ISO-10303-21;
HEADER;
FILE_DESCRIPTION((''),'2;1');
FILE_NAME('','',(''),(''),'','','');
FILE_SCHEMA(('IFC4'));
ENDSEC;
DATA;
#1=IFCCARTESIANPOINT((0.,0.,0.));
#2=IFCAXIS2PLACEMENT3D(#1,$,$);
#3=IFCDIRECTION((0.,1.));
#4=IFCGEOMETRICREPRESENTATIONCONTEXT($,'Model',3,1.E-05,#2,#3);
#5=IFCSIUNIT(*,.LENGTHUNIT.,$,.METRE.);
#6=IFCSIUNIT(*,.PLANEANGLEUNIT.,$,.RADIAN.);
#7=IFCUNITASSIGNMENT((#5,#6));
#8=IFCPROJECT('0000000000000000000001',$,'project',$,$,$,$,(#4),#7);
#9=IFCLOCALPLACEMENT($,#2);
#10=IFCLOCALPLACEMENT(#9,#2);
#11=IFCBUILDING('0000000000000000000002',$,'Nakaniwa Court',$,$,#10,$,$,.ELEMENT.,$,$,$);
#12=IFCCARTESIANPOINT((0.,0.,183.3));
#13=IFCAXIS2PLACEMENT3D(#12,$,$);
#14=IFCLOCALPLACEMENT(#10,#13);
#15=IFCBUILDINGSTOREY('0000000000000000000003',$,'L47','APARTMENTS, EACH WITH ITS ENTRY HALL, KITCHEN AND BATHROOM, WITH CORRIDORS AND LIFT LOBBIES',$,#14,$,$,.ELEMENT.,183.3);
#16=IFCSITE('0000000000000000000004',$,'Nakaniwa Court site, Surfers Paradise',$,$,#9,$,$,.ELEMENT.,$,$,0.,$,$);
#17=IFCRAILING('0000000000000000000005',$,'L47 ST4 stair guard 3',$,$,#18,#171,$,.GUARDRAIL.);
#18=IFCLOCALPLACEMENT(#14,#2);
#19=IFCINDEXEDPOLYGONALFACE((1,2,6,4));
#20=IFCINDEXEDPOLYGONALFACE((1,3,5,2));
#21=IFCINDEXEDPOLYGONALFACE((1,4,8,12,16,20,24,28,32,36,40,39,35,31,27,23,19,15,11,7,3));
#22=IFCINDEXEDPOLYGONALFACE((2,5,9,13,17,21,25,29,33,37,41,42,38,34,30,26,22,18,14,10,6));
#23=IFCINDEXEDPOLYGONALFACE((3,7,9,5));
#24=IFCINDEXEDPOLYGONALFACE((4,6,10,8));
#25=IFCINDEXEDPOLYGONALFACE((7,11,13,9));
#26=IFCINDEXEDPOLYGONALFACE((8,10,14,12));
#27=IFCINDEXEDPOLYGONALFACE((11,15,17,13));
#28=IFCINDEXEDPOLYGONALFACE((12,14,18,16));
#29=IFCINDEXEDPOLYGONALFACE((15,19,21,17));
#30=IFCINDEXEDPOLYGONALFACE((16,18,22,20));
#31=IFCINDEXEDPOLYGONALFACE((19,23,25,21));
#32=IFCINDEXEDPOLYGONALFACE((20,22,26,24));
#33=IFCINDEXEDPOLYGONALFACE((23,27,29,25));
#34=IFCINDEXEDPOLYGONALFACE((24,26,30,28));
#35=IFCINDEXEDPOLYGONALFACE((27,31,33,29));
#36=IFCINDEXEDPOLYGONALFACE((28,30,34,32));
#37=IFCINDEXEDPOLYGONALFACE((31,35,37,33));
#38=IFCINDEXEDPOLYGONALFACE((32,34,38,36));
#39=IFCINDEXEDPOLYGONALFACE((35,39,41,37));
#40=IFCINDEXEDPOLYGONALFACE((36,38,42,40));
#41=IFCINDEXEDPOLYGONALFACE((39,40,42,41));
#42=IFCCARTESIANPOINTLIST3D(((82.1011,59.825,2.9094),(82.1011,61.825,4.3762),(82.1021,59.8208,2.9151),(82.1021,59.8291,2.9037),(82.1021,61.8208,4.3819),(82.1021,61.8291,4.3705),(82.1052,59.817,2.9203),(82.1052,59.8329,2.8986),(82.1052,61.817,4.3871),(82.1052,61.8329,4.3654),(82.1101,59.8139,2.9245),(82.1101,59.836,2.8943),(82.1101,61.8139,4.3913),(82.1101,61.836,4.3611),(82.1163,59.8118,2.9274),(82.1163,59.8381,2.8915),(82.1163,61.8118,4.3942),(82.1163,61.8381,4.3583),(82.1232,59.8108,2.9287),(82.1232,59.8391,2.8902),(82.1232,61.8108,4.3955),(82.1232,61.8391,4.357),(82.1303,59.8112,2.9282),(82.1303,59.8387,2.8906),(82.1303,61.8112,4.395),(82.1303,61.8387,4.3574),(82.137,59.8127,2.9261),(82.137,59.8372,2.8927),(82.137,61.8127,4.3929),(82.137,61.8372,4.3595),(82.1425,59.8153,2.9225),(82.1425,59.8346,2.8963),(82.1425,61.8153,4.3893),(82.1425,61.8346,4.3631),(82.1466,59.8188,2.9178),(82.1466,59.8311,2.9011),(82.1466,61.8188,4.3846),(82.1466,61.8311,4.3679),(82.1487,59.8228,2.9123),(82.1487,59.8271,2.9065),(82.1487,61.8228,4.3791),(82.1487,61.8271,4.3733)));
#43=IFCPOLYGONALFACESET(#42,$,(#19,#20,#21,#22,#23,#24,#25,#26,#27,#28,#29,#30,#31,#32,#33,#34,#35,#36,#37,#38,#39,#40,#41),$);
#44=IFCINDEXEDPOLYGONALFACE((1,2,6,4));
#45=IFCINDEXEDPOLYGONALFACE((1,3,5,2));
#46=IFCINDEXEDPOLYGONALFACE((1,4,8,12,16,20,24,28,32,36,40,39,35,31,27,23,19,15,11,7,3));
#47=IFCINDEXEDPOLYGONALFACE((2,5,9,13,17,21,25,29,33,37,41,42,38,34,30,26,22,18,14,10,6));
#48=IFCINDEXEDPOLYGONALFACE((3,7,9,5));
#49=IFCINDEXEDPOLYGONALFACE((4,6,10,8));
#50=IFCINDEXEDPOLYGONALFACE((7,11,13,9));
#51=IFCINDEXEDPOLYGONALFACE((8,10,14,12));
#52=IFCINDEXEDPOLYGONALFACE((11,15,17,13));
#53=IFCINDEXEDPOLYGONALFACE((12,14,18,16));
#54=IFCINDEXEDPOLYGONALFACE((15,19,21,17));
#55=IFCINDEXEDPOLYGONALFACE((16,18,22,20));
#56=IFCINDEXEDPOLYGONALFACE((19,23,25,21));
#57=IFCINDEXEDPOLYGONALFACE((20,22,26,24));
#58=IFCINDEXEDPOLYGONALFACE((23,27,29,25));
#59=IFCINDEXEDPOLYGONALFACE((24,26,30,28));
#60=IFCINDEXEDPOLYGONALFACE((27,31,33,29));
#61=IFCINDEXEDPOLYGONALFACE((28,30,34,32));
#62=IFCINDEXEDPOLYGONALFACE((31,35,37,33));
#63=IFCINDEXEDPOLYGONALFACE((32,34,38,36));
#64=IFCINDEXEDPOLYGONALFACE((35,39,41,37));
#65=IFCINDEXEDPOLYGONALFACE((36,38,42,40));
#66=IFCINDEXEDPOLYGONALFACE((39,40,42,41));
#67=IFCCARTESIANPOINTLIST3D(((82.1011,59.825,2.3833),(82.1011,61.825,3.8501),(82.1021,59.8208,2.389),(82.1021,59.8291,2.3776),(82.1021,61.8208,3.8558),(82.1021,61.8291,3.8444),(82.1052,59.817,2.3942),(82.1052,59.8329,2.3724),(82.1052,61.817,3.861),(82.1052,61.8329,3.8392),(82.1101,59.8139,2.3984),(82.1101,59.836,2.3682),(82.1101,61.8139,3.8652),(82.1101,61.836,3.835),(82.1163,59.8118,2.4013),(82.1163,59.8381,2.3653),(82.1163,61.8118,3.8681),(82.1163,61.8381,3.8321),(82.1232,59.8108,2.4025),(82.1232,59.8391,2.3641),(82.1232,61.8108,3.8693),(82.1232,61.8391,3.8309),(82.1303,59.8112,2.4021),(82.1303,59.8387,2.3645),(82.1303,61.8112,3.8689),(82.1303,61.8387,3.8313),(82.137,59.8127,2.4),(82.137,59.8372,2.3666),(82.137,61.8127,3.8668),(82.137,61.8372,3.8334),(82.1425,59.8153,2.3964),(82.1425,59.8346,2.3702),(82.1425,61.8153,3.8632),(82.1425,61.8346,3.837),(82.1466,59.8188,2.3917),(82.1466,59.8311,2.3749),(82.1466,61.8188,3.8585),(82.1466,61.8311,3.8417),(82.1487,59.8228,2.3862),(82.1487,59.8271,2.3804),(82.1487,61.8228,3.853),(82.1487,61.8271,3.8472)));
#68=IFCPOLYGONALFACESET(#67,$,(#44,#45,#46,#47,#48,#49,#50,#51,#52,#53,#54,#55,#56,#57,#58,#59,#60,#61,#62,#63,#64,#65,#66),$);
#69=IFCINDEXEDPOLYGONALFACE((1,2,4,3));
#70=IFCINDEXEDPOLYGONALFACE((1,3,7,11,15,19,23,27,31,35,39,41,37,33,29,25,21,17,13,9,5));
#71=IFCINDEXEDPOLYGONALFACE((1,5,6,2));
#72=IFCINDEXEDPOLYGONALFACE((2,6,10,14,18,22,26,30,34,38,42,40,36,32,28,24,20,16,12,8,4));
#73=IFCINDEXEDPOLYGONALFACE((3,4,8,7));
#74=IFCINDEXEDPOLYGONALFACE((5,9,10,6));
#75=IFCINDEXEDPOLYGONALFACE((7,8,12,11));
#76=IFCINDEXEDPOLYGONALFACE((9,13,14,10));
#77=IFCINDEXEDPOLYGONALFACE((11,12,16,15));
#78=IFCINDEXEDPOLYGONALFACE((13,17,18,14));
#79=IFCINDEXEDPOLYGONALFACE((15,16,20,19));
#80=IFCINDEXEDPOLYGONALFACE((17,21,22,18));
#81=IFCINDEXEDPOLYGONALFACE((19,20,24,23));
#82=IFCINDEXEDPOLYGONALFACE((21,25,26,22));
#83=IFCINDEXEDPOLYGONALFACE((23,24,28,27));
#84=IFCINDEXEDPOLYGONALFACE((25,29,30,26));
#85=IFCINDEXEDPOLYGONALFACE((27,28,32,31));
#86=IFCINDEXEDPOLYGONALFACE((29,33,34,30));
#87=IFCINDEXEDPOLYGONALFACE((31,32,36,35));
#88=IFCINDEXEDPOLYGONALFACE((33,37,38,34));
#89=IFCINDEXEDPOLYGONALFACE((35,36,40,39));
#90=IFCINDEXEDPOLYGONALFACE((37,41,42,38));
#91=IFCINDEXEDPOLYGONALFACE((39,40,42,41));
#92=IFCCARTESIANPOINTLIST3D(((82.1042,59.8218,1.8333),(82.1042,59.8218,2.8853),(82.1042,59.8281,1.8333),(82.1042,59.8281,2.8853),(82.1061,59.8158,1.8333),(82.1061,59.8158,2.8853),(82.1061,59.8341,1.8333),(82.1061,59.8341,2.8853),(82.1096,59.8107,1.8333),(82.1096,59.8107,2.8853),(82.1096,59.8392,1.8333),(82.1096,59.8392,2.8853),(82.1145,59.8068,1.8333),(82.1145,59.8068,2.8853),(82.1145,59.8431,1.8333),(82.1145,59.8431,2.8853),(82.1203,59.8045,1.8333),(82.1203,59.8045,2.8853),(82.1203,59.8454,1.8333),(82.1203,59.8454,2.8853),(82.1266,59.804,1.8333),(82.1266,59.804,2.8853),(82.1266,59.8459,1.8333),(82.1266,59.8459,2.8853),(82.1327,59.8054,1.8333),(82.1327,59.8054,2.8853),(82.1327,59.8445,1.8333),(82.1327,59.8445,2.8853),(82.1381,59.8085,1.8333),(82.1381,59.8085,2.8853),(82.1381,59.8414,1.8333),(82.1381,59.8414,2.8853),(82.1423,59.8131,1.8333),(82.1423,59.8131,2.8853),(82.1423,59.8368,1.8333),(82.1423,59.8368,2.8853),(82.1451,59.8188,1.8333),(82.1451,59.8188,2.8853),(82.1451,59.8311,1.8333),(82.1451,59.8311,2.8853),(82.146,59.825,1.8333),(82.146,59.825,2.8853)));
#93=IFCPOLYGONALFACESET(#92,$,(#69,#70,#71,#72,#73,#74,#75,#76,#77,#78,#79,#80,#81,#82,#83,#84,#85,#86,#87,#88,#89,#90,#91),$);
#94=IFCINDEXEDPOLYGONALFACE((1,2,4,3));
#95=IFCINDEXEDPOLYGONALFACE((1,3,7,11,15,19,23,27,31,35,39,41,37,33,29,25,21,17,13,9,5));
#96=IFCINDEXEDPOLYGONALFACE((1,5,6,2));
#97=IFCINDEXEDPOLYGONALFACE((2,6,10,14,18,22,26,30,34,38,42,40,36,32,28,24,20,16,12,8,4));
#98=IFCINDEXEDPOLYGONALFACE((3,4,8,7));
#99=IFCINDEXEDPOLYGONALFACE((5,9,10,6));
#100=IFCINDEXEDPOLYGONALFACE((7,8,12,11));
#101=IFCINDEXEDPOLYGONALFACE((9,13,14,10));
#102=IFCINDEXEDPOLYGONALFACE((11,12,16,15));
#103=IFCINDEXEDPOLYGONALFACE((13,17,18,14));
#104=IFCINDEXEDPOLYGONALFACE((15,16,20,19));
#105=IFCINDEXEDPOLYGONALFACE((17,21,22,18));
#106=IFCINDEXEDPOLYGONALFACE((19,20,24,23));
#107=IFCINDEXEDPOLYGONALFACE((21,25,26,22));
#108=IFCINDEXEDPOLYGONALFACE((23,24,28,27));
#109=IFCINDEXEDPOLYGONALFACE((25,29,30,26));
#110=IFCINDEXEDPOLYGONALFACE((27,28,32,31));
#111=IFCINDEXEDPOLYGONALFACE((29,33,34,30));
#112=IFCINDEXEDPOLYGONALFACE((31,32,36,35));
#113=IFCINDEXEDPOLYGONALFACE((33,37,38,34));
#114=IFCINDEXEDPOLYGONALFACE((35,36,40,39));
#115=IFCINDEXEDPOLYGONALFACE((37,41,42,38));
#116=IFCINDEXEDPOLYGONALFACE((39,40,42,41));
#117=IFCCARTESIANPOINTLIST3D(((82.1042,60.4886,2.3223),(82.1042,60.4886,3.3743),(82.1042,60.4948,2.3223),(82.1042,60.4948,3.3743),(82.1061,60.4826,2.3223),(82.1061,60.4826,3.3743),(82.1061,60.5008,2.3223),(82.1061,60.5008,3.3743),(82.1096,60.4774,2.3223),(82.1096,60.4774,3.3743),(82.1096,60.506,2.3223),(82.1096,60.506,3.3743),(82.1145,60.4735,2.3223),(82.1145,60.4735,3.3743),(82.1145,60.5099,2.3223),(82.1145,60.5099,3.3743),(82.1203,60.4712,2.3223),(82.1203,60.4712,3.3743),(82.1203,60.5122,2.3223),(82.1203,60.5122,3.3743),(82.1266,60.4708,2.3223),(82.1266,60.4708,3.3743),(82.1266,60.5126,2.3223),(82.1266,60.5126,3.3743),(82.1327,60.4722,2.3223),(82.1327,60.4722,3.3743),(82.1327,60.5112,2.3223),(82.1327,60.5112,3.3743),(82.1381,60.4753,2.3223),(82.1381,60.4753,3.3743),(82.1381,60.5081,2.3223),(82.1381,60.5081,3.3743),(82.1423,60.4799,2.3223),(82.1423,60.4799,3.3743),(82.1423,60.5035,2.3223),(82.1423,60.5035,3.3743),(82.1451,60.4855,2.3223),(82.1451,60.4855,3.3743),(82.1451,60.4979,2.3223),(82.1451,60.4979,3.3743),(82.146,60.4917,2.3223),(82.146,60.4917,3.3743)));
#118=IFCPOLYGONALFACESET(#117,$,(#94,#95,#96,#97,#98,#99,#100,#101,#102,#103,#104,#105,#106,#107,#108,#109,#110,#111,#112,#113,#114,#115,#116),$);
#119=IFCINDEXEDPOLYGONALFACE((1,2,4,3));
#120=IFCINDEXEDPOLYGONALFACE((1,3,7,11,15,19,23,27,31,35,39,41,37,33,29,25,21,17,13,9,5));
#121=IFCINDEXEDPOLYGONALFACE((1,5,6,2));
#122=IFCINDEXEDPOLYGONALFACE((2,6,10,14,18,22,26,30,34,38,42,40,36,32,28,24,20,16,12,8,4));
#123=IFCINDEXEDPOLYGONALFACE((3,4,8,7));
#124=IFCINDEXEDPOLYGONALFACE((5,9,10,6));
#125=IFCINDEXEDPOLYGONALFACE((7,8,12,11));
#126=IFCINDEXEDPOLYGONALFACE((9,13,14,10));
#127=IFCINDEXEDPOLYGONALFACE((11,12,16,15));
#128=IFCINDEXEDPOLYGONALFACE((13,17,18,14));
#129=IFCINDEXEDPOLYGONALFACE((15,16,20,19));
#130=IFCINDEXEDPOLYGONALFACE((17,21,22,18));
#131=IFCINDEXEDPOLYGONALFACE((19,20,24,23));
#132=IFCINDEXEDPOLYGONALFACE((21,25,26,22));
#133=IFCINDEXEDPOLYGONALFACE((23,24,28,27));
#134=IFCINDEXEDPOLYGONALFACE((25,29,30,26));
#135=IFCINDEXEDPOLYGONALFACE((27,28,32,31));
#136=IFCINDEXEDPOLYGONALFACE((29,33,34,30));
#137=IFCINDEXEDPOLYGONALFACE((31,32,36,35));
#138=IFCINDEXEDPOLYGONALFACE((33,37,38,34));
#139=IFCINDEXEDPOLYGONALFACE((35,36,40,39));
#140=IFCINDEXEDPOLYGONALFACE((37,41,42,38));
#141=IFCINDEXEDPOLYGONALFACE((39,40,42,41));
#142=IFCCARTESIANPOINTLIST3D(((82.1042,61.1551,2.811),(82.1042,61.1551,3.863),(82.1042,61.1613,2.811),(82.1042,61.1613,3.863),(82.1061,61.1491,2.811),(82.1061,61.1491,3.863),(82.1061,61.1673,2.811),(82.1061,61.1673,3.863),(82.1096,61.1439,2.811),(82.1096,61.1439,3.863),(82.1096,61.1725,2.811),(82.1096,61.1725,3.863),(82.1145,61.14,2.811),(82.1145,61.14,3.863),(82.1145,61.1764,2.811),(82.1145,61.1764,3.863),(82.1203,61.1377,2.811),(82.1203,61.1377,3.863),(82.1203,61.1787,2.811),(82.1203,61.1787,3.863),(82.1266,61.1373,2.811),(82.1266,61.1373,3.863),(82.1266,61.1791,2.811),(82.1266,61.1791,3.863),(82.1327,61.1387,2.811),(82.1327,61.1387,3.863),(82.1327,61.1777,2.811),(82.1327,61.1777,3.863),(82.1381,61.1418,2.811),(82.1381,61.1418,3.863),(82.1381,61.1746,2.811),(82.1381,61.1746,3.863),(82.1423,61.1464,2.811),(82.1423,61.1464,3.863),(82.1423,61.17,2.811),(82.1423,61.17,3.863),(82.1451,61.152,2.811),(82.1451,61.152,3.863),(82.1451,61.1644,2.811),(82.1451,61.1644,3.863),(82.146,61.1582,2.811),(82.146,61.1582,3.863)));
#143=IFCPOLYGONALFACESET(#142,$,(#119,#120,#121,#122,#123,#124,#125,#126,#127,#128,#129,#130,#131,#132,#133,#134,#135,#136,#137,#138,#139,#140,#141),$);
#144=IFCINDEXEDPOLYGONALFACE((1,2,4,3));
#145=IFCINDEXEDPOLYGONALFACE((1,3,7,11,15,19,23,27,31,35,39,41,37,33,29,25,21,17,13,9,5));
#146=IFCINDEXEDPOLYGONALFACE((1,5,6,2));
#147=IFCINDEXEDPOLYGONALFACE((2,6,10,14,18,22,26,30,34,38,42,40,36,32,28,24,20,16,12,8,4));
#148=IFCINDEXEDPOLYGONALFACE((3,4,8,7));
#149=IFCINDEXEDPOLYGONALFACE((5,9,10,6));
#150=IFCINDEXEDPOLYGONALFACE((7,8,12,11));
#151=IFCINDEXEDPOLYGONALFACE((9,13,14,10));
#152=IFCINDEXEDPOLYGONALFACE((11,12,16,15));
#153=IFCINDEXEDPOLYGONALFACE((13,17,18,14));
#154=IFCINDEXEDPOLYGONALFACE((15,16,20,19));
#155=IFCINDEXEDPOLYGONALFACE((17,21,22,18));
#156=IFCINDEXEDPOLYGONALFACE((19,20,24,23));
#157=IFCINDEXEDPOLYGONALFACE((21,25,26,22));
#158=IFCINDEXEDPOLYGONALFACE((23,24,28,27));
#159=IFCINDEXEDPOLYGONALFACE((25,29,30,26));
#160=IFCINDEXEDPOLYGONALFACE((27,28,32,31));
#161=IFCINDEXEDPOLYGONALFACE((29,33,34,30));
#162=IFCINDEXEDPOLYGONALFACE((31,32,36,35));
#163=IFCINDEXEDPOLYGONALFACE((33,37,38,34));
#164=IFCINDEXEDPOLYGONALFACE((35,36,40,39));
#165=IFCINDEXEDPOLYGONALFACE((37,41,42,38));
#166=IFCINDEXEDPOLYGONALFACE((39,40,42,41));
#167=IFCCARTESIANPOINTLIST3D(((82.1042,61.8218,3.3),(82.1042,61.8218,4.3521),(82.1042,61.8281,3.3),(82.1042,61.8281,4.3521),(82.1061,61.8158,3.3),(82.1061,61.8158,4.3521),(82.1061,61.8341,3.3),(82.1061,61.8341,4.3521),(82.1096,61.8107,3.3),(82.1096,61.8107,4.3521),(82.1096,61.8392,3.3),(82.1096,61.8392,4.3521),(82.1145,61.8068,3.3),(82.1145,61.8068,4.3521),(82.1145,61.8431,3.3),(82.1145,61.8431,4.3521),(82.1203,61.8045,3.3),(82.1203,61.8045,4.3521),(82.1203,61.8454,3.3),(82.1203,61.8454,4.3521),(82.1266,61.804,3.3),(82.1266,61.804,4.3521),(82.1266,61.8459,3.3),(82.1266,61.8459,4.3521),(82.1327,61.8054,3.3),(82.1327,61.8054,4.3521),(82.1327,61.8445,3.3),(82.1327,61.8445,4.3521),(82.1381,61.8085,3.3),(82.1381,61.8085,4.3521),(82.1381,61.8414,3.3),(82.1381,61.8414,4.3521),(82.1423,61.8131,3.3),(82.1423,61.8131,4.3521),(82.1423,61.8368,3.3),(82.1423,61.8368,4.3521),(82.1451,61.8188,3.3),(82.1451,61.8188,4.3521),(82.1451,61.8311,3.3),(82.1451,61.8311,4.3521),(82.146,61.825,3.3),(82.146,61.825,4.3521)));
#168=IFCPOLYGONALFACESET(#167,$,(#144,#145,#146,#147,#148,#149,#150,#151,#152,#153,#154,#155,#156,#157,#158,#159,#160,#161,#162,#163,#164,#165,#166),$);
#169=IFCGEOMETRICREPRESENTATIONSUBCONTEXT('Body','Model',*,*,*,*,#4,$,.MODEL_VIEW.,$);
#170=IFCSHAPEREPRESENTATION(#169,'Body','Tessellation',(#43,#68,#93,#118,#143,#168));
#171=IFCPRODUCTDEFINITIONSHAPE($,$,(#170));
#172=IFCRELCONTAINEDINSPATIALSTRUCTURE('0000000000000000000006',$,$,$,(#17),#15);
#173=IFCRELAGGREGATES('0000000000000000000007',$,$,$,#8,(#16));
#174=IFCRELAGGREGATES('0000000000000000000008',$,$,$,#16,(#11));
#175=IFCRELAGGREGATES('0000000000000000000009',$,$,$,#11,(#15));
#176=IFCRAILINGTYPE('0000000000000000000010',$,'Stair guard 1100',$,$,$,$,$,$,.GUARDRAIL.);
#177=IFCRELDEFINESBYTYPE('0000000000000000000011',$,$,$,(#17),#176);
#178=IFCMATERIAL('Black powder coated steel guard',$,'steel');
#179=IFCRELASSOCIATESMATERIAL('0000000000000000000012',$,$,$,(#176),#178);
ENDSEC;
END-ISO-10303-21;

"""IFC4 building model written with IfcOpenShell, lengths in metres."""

from ifc_helpers import new_model, si_unit, direction, frame, origin, origin_2d, place, context, subcontext, project, spatial, circle, extrude, material, type_object, element, save


model = new_model("IFC4")

# Units and contexts
model_context = context("Model", 3, precision=1e-05, world=origin(), true_north=direction((0.0, 1.0)))
body_context = subcontext(model_context, "Body", "Model", "MODEL_VIEW")
ifc_project = project(units=[si_unit("LENGTHUNIT", "METRE"), si_unit("PLANEANGLEUNIT", "RADIAN")], contexts=[model_context])

# Site, building, storey
site_placement = place(None, origin())
site = spatial("IfcSite", under=ifc_project, at=site_placement, Name="Nakaniwa Court site, Surfers Paradise", CompositionType="ELEMENT", RefElevation=0.0)
building_placement = place(site_placement, origin())
building = spatial("IfcBuilding", under=site, at=building_placement, Name="Nakaniwa Court", CompositionType="ELEMENT")
storey_placement = place(building_placement, frame((0.0, 0.0, 183.3)))
storey = spatial("IfcBuildingStorey", under=building, at=storey_placement, Name="L47", Description="APARTMENTS, EACH WITH ITS ENTRY HALL, KITCHEN AND BATHROOM, WITH CORRIDORS AND LIFT LOBBIES", CompositionType="ELEMENT", Elevation=183.3)

# Railing
ifc_material_1 = material(Name="Black powder coated steel guard", Category="steel")
railing_type_1 = type_object("IfcRailingType", Name="Stair guard 1100", PredefinedType="GUARDRAIL", material=ifc_material_1)
railing_1_placement = place(storey_placement, frame((82.125, 59.825, 1.8333)))
element("IfcRailing", 1, at=railing_1_placement, inside=storey, type_object=railing_type_1, Name="L47 ST4 stair guard 3", PredefinedType="GUARDRAIL", context=body_context, shape_type="SweptSolid", body=[
    extrude(circle(Radius=0.0239, at=origin_2d()), frame((0.0, 0.0, 1.0762), z_axis=(0.0, 0.80638, 0.591398), x_axis=(-1.0, 0.0, 0.0)), (0.0, 0.0, 1.0), 2.4802),
    extrude(circle(Radius=0.0239, at=origin_2d()), frame((0.0, 0.0, 0.55), z_axis=(0.0, 0.80638, 0.591398), x_axis=(-1.0, 0.0, 0.0)), (0.0, 0.0, 1.0), 2.4802),
    extrude(circle(Radius=0.021, at=origin_2d()), origin(), (0.0, 0.0, 1.0), 1.052),
    extrude(circle(Radius=0.021, at=origin_2d()), frame((0.0, 0.6667, 0.489)), (0.0, 0.0, 1.0), 1.052),
    extrude(circle(Radius=0.021, at=origin_2d()), frame((0.0, 1.3333, 0.9778)), (0.0, 0.0, 1.0), 1.052),
    extrude(circle(Radius=0.021, at=origin_2d()), frame((0.0, 2.0, 1.4668)), (0.0, 0.0, 1.0), 1.052),
])

save(model, "model.ifc")
